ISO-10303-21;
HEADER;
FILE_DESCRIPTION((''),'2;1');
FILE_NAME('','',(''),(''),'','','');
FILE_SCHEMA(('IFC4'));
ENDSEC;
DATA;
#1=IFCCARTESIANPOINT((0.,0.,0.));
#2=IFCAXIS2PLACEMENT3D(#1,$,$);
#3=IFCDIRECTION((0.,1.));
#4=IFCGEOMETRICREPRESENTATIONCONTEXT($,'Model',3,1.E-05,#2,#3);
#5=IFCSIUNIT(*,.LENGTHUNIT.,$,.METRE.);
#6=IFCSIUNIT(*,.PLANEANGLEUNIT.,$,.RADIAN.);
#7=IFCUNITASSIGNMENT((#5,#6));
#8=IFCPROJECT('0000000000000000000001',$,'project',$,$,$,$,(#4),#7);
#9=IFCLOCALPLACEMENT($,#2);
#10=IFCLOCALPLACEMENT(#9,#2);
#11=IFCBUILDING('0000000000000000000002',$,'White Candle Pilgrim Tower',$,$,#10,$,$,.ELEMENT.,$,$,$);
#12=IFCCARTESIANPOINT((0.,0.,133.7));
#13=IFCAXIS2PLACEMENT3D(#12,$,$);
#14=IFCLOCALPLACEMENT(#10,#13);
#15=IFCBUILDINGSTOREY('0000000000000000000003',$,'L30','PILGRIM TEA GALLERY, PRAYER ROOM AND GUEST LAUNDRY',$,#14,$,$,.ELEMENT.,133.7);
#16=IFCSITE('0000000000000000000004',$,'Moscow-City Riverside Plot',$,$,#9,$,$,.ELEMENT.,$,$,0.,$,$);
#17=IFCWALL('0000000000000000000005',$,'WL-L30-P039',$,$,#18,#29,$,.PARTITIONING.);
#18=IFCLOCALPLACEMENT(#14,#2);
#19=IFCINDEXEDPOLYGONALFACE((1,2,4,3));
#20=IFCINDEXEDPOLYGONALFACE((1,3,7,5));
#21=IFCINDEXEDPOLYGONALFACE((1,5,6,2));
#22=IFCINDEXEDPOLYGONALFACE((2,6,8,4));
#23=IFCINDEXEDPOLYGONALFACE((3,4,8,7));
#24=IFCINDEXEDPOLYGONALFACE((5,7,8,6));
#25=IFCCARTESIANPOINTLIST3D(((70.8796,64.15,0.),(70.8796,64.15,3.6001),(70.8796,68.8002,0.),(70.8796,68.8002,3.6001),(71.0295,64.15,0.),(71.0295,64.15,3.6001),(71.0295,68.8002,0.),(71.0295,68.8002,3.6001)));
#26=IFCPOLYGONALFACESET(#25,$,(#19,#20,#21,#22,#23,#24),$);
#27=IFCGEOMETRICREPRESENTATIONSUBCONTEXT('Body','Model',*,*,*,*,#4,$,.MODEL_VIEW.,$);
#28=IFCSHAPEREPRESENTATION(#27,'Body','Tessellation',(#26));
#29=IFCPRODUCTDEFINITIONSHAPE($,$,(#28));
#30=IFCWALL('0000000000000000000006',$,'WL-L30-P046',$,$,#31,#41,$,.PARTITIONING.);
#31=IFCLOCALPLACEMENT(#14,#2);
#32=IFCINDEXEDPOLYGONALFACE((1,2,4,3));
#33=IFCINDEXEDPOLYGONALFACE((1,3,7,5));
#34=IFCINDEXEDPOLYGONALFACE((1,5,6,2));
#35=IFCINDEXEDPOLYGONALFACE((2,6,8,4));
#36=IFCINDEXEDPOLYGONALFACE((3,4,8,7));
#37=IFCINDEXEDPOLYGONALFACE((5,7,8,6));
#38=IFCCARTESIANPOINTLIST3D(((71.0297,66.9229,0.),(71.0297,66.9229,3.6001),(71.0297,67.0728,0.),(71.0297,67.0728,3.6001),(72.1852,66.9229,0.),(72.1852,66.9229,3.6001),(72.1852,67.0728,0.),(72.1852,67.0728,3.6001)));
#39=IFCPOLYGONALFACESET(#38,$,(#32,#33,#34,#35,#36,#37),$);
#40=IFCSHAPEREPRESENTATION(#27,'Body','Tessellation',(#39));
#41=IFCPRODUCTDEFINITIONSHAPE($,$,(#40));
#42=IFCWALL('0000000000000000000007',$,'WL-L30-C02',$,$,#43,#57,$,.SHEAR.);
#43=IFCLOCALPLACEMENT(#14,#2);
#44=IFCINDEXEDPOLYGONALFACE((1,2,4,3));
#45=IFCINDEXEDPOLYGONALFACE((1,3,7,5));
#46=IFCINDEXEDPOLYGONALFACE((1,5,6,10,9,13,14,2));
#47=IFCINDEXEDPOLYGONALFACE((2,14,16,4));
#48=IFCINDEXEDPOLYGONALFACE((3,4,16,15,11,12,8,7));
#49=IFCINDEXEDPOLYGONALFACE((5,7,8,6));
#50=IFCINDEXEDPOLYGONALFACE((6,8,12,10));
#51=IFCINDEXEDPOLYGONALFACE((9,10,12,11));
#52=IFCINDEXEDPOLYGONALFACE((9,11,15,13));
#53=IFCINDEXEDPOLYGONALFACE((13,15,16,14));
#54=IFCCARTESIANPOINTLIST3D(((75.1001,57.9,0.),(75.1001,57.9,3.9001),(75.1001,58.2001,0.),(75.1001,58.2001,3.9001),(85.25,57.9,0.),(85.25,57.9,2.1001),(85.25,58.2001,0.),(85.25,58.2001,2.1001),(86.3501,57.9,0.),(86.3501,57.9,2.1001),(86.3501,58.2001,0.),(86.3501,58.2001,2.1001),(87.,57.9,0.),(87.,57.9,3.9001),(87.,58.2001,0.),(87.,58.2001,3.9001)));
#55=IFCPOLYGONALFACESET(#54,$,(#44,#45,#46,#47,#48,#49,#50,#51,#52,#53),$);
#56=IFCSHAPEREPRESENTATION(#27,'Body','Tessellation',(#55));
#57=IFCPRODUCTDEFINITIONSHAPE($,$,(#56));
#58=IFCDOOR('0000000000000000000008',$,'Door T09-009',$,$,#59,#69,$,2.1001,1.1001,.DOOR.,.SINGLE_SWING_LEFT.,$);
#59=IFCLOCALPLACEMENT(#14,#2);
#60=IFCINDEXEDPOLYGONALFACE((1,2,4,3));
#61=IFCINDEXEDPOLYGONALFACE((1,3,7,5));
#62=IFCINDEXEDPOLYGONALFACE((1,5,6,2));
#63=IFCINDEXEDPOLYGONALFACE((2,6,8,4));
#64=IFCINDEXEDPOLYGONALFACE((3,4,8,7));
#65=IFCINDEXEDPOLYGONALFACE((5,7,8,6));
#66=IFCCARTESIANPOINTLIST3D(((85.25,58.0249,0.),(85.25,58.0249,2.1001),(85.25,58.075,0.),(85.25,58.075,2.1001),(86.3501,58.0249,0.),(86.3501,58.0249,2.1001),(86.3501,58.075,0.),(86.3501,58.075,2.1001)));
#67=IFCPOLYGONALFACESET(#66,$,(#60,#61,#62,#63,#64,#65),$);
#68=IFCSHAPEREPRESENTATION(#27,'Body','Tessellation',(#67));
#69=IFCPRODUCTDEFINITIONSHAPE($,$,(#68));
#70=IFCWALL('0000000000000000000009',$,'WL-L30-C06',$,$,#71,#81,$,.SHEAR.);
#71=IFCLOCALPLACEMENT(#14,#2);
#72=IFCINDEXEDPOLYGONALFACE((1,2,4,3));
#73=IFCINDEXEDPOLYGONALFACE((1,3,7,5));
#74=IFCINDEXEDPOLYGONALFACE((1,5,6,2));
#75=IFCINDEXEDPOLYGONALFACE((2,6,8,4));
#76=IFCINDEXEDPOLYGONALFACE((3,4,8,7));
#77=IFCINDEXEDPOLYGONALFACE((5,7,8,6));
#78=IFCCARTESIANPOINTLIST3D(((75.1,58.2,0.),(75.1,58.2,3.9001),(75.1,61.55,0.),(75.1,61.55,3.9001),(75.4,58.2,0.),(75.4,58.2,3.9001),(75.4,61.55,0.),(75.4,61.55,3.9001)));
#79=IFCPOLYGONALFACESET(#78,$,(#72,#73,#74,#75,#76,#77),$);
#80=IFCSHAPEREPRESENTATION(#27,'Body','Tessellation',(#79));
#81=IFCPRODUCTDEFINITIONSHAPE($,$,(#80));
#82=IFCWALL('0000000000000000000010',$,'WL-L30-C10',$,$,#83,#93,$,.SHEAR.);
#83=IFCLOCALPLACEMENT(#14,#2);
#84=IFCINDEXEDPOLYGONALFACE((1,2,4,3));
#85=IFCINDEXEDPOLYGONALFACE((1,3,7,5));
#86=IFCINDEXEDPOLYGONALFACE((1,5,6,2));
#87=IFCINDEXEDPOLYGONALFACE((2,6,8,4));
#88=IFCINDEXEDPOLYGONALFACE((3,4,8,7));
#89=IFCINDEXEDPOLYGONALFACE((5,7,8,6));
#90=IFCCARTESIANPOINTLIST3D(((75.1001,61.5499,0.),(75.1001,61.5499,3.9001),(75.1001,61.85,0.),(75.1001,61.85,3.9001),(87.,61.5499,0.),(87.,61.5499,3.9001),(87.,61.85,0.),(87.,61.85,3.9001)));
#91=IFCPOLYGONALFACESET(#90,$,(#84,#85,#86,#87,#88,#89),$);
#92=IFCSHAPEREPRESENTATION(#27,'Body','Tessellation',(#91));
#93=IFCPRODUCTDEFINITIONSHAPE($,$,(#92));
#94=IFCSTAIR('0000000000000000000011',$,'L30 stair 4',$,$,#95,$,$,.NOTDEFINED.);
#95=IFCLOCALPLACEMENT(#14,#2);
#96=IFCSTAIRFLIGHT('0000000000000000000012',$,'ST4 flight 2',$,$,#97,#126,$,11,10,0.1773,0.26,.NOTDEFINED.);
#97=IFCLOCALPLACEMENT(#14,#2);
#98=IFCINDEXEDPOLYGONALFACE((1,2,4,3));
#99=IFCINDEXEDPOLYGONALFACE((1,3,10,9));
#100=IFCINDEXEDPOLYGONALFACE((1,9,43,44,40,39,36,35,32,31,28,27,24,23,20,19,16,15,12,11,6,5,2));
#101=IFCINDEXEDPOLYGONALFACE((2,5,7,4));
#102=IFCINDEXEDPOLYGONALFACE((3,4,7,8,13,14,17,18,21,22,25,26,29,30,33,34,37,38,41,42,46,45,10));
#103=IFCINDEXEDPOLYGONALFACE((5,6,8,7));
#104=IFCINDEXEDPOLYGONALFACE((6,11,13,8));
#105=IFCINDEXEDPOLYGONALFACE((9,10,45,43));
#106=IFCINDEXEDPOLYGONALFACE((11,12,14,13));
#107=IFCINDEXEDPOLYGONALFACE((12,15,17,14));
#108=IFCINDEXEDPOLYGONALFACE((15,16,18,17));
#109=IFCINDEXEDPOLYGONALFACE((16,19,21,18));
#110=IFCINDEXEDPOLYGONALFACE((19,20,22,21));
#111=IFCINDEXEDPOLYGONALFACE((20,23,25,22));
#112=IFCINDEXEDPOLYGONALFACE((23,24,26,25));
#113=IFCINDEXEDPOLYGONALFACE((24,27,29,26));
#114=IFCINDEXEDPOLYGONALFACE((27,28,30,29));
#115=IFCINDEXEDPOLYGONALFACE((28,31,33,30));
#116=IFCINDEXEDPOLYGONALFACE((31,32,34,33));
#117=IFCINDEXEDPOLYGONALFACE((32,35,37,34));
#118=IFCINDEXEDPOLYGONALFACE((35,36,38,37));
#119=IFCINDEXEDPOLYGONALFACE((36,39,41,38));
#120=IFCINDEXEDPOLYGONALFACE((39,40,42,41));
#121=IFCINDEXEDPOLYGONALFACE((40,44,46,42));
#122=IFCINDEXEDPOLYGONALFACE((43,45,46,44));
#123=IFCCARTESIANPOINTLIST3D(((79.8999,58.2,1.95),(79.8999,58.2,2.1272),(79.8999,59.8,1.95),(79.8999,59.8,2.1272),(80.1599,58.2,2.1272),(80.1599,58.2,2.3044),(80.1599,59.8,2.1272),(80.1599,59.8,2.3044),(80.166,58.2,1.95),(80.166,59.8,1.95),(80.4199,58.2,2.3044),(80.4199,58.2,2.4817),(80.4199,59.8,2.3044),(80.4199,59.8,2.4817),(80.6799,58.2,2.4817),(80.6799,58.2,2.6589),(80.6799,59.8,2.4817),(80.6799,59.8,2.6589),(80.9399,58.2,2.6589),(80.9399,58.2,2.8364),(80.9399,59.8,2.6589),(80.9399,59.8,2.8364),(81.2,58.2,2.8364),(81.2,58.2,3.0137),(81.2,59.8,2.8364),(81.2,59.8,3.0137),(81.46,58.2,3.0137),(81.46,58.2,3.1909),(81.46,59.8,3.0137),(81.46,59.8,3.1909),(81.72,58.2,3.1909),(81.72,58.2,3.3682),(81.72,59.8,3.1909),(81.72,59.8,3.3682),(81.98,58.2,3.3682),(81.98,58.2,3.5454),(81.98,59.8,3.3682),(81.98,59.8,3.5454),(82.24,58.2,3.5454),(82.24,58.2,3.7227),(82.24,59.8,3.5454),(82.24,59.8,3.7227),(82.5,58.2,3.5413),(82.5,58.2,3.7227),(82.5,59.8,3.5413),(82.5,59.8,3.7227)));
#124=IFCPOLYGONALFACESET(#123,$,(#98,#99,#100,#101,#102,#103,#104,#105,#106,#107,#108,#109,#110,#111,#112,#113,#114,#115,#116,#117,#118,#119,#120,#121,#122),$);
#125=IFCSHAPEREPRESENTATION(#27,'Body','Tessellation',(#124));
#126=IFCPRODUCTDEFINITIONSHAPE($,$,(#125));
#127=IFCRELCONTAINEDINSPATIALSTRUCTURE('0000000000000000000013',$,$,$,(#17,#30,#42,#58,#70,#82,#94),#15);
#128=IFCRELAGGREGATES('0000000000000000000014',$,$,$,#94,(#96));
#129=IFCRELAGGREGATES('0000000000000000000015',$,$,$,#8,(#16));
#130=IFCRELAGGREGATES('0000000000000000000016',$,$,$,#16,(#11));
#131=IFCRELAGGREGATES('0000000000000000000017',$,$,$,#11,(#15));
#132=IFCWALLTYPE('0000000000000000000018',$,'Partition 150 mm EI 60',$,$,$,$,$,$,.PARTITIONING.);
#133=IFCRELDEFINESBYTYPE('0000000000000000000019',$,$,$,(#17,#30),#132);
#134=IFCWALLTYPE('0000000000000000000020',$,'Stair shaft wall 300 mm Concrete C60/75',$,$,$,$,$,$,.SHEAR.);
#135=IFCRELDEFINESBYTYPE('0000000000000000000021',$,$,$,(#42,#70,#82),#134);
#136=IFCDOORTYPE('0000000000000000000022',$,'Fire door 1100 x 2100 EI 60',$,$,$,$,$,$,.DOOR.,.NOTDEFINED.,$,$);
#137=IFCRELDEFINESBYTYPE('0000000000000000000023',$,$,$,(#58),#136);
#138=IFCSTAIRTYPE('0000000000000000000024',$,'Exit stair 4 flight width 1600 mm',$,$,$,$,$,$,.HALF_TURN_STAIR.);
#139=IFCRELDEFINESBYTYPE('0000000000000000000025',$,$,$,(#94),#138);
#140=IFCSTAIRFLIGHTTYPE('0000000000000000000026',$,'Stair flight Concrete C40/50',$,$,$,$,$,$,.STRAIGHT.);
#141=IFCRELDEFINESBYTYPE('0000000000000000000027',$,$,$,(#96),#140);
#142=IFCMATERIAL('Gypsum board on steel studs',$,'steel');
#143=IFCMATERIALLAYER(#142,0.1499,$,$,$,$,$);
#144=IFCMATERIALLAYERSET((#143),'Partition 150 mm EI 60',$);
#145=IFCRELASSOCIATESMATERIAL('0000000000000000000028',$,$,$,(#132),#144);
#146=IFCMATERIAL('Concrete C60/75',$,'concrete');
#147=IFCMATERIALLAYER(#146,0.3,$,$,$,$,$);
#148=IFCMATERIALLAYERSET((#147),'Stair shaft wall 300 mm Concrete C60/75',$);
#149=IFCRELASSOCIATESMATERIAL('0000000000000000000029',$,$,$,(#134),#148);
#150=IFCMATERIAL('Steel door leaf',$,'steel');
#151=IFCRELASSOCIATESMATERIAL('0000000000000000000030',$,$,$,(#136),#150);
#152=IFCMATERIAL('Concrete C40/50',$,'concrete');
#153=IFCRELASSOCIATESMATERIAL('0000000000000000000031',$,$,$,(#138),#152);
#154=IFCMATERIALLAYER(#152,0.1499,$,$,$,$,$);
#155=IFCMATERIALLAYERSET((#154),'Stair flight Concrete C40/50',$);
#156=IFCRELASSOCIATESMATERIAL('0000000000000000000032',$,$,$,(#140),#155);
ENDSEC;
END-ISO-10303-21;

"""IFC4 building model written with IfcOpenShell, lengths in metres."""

from ifc_helpers import new_model, si_unit, direction, frame, frame_2d, origin, place, context, subcontext, project, spatial, polyline, rectangle, outline, extrude, material, layer, layer_set, type_object, element, fill, aggregate, save


model = new_model("IFC4")

# Units and contexts
model_context = context("Model", 3, precision=1e-05, world=origin(), true_north=direction((0.0, 1.0)))
body_context = subcontext(model_context, "Body", "Model", "MODEL_VIEW")
ifc_project = project(units=[si_unit("LENGTHUNIT", "METRE"), si_unit("PLANEANGLEUNIT", "RADIAN")], contexts=[model_context])

# Site, building, storey
site_placement = place(None, origin())
site = spatial("IfcSite", under=ifc_project, at=site_placement, Name="Moscow-City Riverside Plot", CompositionType="ELEMENT", RefElevation=0.0)
building_placement = place(site_placement, origin())
building = spatial("IfcBuilding", under=site, at=building_placement, Name="White Candle Pilgrim Tower", CompositionType="ELEMENT")
storey_placement = place(building_placement, frame((0.0, 0.0, 133.7)))
storey = spatial("IfcBuildingStorey", under=building, at=storey_placement, Name="L30", Description="PILGRIM TEA GALLERY, PRAYER ROOM AND GUEST LAUNDRY", CompositionType="ELEMENT", Elevation=133.7)

# Shared definitions
ifc_material_1 = material(Name="Gypsum board on steel studs", Category="steel")
ifc_material_2 = material(Name="Steel door leaf", Category="steel")

# Walls
ifc_layer_1 = layer(ifc_material_1, 0.1499)
ifc_layer_set_1 = layer_set([ifc_layer_1], Name="Partition 150 mm EI 60")
wall_type_1 = type_object("IfcWallType", Name="Partition 150 mm EI 60", PredefinedType="PARTITIONING", material=ifc_layer_set_1)
wall_1_placement = place(storey_placement, frame((70.9546, 64.1499, 0.0), z_axis=(0.0, 0.0, 1.0), x_axis=(0.0, 1.0, 0.0)))
element("IfcWall", 1, at=wall_1_placement, inside=storey, type_object=wall_type_1, Name="WL-L30-P039", PredefinedType="PARTITIONING", context=body_context, shape_type="SweptSolid", body=[
    extrude(rectangle(XDim=4.6501, YDim=0.1499, at=frame_2d((2.3252, 0.0))), origin(), (0.0, 0.0, 1.0), 3.6001),
])
wall_2_placement = place(storey_placement, frame((72.1851, 66.9978, 0.0), z_axis=(0.0, 0.0, 1.0), x_axis=(-1.0, 0.0, 0.0)))
element("IfcWall", 2, at=wall_2_placement, inside=storey, type_object=wall_type_1, Name="WL-L30-P046", PredefinedType="PARTITIONING", context=body_context, shape_type="SweptSolid", body=[
    extrude(rectangle(XDim=1.1555, YDim=0.1499, at=frame_2d((0.5776, 0.0))), origin(), (0.0, 0.0, 1.0), 3.6001),
])

# Wall, opening, door
ifc_material_3 = material(Name="Concrete C60/75", Category="concrete")
ifc_layer_2 = layer(ifc_material_3, 0.3)
ifc_layer_set_2 = layer_set([ifc_layer_2], Name="Stair shaft wall 300 mm Concrete C60/75")
wall_type_2 = type_object("IfcWallType", Name="Stair shaft wall 300 mm Concrete C60/75", PredefinedType="SHEAR", material=ifc_layer_set_2)
wall_3_placement = place(storey_placement, frame((75.1001, 58.05, 0.0), z_axis=(0.0, 0.0, 1.0), x_axis=(1.0, 0.0, 0.0)))
wall_3 = element("IfcWall", 3, at=wall_3_placement, inside=storey, type_object=wall_type_2, Name="WL-L30-C02", PredefinedType="SHEAR", context=body_context, shape_type="SweptSolid", body=[
    extrude(rectangle(XDim=11.8999, YDim=0.3, at=frame_2d((5.95, 0.0))), origin(), (0.0, 0.0, 1.0), 3.9001),
])
opening_1_placement = place(wall_3_placement, frame((10.1499, 0.0, 0.0)))
opening_1 = element("IfcOpeningElement", 4, at=opening_1_placement, cuts=wall_3, PredefinedType="OPENING", context=body_context, shape_type="SweptSolid", body=[
    extrude(rectangle(XDim=1.1001, YDim=2.1001, at=frame_2d((0.55, 1.05))), frame((0.0, 0.1599, 0.0), z_axis=(0.0, -1.0, 0.0), x_axis=(1.0, 0.0, 0.0)), (0.0, 0.0, 1.0), 0.3201),
])
door_type_1 = type_object("IfcDoorType", Name="Fire door 1100 x 2100 EI 60", OperationType="NOTDEFINED", PredefinedType="DOOR", material=ifc_material_2)
door_1_placement = place(opening_1_placement, origin())
door_1 = element("IfcDoor", 5, at=door_1_placement, inside=storey, type_object=door_type_1, Name="Door T09-009", OperationType="SINGLE_SWING_LEFT", OverallHeight=2.1001, OverallWidth=1.1001, PredefinedType="DOOR", context=body_context, shape_type="SweptSolid", body=[
    extrude(rectangle(XDim=1.1001, YDim=2.1001, at=frame_2d((0.55, 1.05))), frame((0.0, 0.0249, 0.0), z_axis=(0.0, -1.0, 0.0), x_axis=(1.0, 0.0, 0.0)), (0.0, 0.0, 1.0), 0.05),
])
fill(opening_1, door_1)

# Walls
wall_4_placement = place(storey_placement, frame((75.25, 58.2, 0.0), z_axis=(0.0, 0.0, 1.0), x_axis=(0.0, 1.0, 0.0)))
element("IfcWall", 6, at=wall_4_placement, inside=storey, type_object=wall_type_2, Name="WL-L30-C06", PredefinedType="SHEAR", context=body_context, shape_type="SweptSolid", body=[
    extrude(rectangle(XDim=3.3501, YDim=0.3, at=frame_2d((1.675, 0.0))), origin(), (0.0, 0.0, 1.0), 3.9001),
])
wall_5_placement = place(storey_placement, frame((75.1001, 61.7, 0.0), z_axis=(0.0, 0.0, 1.0), x_axis=(1.0, 0.0, 0.0)))
element("IfcWall", 7, at=wall_5_placement, inside=storey, type_object=wall_type_2, Name="WL-L30-C10", PredefinedType="SHEAR", context=body_context, shape_type="SweptSolid", body=[
    extrude(rectangle(XDim=11.8999, YDim=0.3, at=frame_2d((5.95, 0.0))), origin(), (0.0, 0.0, 1.0), 3.9001),
])

# Stair, stair flight
ifc_material_4 = material(Name="Concrete C40/50", Category="concrete")
stair_type = type_object("IfcStairType", Name="Exit stair 4 flight width 1600 mm", PredefinedType="HALF_TURN_STAIR", material=ifc_material_4)
stair_placement = place(storey_placement, origin())
stair = element("IfcStair", 8, at=stair_placement, inside=storey, type_object=stair_type, Name="L30 stair 4", PredefinedType="NOTDEFINED")
ifc_layer_3 = layer(ifc_material_4, 0.1499)
ifc_layer_set_3 = layer_set([ifc_layer_3], Name="Stair flight Concrete C40/50")
stair_flight_type = type_object("IfcStairFlightType", Name="Stair flight Concrete C40/50", PredefinedType="STRAIGHT", material=ifc_layer_set_3)
stair_flight_placement = place(storey_placement, frame((79.8999, 59.0, 1.95), z_axis=(0.0, 0.0, 1.0), x_axis=(1.0, 0.0, 0.0)))
stair_flight = element("IfcStairFlight", 9, at=stair_flight_placement, type_object=stair_flight_type, Name="ST4 flight 2", NumberOfRisers=11, NumberOfTreads=10, PredefinedType="NOTDEFINED", RiserHeight=0.1773, TreadLength=0.26, context=body_context, shape_type="SweptSolid", body=[
    extrude(outline(polyline([(0.0, 0.0), (0.0, 0.1772), (0.26, 0.1772), (0.26, 0.3545), (0.52, 0.3545), (0.52, 0.5317), (0.78, 0.5317), (0.78, 0.709), (1.04, 0.709), (1.04, 0.8865), (1.3, 0.8865), (1.3, 1.0637), (1.5601, 1.0637), (1.5601, 1.241), (1.8201, 1.241), (1.8201, 1.4182), (2.0801, 1.4182), (2.0801, 1.5955), (2.3401, 1.5955), (2.3401, 1.7727), (2.6001, 1.7727), (2.6001, 1.95), (2.6001, 1.5913), (0.2661, 0.0), (0.0, 0.0)])), frame((0.0, 0.8, 0.0), z_axis=(0.0, -1.0, 0.0), x_axis=(1.0, 0.0, 0.0)), (0.0, 0.0, 1.0), 1.6001),
])
aggregate(stair, [stair_flight])

save(model, "model.ifc")
